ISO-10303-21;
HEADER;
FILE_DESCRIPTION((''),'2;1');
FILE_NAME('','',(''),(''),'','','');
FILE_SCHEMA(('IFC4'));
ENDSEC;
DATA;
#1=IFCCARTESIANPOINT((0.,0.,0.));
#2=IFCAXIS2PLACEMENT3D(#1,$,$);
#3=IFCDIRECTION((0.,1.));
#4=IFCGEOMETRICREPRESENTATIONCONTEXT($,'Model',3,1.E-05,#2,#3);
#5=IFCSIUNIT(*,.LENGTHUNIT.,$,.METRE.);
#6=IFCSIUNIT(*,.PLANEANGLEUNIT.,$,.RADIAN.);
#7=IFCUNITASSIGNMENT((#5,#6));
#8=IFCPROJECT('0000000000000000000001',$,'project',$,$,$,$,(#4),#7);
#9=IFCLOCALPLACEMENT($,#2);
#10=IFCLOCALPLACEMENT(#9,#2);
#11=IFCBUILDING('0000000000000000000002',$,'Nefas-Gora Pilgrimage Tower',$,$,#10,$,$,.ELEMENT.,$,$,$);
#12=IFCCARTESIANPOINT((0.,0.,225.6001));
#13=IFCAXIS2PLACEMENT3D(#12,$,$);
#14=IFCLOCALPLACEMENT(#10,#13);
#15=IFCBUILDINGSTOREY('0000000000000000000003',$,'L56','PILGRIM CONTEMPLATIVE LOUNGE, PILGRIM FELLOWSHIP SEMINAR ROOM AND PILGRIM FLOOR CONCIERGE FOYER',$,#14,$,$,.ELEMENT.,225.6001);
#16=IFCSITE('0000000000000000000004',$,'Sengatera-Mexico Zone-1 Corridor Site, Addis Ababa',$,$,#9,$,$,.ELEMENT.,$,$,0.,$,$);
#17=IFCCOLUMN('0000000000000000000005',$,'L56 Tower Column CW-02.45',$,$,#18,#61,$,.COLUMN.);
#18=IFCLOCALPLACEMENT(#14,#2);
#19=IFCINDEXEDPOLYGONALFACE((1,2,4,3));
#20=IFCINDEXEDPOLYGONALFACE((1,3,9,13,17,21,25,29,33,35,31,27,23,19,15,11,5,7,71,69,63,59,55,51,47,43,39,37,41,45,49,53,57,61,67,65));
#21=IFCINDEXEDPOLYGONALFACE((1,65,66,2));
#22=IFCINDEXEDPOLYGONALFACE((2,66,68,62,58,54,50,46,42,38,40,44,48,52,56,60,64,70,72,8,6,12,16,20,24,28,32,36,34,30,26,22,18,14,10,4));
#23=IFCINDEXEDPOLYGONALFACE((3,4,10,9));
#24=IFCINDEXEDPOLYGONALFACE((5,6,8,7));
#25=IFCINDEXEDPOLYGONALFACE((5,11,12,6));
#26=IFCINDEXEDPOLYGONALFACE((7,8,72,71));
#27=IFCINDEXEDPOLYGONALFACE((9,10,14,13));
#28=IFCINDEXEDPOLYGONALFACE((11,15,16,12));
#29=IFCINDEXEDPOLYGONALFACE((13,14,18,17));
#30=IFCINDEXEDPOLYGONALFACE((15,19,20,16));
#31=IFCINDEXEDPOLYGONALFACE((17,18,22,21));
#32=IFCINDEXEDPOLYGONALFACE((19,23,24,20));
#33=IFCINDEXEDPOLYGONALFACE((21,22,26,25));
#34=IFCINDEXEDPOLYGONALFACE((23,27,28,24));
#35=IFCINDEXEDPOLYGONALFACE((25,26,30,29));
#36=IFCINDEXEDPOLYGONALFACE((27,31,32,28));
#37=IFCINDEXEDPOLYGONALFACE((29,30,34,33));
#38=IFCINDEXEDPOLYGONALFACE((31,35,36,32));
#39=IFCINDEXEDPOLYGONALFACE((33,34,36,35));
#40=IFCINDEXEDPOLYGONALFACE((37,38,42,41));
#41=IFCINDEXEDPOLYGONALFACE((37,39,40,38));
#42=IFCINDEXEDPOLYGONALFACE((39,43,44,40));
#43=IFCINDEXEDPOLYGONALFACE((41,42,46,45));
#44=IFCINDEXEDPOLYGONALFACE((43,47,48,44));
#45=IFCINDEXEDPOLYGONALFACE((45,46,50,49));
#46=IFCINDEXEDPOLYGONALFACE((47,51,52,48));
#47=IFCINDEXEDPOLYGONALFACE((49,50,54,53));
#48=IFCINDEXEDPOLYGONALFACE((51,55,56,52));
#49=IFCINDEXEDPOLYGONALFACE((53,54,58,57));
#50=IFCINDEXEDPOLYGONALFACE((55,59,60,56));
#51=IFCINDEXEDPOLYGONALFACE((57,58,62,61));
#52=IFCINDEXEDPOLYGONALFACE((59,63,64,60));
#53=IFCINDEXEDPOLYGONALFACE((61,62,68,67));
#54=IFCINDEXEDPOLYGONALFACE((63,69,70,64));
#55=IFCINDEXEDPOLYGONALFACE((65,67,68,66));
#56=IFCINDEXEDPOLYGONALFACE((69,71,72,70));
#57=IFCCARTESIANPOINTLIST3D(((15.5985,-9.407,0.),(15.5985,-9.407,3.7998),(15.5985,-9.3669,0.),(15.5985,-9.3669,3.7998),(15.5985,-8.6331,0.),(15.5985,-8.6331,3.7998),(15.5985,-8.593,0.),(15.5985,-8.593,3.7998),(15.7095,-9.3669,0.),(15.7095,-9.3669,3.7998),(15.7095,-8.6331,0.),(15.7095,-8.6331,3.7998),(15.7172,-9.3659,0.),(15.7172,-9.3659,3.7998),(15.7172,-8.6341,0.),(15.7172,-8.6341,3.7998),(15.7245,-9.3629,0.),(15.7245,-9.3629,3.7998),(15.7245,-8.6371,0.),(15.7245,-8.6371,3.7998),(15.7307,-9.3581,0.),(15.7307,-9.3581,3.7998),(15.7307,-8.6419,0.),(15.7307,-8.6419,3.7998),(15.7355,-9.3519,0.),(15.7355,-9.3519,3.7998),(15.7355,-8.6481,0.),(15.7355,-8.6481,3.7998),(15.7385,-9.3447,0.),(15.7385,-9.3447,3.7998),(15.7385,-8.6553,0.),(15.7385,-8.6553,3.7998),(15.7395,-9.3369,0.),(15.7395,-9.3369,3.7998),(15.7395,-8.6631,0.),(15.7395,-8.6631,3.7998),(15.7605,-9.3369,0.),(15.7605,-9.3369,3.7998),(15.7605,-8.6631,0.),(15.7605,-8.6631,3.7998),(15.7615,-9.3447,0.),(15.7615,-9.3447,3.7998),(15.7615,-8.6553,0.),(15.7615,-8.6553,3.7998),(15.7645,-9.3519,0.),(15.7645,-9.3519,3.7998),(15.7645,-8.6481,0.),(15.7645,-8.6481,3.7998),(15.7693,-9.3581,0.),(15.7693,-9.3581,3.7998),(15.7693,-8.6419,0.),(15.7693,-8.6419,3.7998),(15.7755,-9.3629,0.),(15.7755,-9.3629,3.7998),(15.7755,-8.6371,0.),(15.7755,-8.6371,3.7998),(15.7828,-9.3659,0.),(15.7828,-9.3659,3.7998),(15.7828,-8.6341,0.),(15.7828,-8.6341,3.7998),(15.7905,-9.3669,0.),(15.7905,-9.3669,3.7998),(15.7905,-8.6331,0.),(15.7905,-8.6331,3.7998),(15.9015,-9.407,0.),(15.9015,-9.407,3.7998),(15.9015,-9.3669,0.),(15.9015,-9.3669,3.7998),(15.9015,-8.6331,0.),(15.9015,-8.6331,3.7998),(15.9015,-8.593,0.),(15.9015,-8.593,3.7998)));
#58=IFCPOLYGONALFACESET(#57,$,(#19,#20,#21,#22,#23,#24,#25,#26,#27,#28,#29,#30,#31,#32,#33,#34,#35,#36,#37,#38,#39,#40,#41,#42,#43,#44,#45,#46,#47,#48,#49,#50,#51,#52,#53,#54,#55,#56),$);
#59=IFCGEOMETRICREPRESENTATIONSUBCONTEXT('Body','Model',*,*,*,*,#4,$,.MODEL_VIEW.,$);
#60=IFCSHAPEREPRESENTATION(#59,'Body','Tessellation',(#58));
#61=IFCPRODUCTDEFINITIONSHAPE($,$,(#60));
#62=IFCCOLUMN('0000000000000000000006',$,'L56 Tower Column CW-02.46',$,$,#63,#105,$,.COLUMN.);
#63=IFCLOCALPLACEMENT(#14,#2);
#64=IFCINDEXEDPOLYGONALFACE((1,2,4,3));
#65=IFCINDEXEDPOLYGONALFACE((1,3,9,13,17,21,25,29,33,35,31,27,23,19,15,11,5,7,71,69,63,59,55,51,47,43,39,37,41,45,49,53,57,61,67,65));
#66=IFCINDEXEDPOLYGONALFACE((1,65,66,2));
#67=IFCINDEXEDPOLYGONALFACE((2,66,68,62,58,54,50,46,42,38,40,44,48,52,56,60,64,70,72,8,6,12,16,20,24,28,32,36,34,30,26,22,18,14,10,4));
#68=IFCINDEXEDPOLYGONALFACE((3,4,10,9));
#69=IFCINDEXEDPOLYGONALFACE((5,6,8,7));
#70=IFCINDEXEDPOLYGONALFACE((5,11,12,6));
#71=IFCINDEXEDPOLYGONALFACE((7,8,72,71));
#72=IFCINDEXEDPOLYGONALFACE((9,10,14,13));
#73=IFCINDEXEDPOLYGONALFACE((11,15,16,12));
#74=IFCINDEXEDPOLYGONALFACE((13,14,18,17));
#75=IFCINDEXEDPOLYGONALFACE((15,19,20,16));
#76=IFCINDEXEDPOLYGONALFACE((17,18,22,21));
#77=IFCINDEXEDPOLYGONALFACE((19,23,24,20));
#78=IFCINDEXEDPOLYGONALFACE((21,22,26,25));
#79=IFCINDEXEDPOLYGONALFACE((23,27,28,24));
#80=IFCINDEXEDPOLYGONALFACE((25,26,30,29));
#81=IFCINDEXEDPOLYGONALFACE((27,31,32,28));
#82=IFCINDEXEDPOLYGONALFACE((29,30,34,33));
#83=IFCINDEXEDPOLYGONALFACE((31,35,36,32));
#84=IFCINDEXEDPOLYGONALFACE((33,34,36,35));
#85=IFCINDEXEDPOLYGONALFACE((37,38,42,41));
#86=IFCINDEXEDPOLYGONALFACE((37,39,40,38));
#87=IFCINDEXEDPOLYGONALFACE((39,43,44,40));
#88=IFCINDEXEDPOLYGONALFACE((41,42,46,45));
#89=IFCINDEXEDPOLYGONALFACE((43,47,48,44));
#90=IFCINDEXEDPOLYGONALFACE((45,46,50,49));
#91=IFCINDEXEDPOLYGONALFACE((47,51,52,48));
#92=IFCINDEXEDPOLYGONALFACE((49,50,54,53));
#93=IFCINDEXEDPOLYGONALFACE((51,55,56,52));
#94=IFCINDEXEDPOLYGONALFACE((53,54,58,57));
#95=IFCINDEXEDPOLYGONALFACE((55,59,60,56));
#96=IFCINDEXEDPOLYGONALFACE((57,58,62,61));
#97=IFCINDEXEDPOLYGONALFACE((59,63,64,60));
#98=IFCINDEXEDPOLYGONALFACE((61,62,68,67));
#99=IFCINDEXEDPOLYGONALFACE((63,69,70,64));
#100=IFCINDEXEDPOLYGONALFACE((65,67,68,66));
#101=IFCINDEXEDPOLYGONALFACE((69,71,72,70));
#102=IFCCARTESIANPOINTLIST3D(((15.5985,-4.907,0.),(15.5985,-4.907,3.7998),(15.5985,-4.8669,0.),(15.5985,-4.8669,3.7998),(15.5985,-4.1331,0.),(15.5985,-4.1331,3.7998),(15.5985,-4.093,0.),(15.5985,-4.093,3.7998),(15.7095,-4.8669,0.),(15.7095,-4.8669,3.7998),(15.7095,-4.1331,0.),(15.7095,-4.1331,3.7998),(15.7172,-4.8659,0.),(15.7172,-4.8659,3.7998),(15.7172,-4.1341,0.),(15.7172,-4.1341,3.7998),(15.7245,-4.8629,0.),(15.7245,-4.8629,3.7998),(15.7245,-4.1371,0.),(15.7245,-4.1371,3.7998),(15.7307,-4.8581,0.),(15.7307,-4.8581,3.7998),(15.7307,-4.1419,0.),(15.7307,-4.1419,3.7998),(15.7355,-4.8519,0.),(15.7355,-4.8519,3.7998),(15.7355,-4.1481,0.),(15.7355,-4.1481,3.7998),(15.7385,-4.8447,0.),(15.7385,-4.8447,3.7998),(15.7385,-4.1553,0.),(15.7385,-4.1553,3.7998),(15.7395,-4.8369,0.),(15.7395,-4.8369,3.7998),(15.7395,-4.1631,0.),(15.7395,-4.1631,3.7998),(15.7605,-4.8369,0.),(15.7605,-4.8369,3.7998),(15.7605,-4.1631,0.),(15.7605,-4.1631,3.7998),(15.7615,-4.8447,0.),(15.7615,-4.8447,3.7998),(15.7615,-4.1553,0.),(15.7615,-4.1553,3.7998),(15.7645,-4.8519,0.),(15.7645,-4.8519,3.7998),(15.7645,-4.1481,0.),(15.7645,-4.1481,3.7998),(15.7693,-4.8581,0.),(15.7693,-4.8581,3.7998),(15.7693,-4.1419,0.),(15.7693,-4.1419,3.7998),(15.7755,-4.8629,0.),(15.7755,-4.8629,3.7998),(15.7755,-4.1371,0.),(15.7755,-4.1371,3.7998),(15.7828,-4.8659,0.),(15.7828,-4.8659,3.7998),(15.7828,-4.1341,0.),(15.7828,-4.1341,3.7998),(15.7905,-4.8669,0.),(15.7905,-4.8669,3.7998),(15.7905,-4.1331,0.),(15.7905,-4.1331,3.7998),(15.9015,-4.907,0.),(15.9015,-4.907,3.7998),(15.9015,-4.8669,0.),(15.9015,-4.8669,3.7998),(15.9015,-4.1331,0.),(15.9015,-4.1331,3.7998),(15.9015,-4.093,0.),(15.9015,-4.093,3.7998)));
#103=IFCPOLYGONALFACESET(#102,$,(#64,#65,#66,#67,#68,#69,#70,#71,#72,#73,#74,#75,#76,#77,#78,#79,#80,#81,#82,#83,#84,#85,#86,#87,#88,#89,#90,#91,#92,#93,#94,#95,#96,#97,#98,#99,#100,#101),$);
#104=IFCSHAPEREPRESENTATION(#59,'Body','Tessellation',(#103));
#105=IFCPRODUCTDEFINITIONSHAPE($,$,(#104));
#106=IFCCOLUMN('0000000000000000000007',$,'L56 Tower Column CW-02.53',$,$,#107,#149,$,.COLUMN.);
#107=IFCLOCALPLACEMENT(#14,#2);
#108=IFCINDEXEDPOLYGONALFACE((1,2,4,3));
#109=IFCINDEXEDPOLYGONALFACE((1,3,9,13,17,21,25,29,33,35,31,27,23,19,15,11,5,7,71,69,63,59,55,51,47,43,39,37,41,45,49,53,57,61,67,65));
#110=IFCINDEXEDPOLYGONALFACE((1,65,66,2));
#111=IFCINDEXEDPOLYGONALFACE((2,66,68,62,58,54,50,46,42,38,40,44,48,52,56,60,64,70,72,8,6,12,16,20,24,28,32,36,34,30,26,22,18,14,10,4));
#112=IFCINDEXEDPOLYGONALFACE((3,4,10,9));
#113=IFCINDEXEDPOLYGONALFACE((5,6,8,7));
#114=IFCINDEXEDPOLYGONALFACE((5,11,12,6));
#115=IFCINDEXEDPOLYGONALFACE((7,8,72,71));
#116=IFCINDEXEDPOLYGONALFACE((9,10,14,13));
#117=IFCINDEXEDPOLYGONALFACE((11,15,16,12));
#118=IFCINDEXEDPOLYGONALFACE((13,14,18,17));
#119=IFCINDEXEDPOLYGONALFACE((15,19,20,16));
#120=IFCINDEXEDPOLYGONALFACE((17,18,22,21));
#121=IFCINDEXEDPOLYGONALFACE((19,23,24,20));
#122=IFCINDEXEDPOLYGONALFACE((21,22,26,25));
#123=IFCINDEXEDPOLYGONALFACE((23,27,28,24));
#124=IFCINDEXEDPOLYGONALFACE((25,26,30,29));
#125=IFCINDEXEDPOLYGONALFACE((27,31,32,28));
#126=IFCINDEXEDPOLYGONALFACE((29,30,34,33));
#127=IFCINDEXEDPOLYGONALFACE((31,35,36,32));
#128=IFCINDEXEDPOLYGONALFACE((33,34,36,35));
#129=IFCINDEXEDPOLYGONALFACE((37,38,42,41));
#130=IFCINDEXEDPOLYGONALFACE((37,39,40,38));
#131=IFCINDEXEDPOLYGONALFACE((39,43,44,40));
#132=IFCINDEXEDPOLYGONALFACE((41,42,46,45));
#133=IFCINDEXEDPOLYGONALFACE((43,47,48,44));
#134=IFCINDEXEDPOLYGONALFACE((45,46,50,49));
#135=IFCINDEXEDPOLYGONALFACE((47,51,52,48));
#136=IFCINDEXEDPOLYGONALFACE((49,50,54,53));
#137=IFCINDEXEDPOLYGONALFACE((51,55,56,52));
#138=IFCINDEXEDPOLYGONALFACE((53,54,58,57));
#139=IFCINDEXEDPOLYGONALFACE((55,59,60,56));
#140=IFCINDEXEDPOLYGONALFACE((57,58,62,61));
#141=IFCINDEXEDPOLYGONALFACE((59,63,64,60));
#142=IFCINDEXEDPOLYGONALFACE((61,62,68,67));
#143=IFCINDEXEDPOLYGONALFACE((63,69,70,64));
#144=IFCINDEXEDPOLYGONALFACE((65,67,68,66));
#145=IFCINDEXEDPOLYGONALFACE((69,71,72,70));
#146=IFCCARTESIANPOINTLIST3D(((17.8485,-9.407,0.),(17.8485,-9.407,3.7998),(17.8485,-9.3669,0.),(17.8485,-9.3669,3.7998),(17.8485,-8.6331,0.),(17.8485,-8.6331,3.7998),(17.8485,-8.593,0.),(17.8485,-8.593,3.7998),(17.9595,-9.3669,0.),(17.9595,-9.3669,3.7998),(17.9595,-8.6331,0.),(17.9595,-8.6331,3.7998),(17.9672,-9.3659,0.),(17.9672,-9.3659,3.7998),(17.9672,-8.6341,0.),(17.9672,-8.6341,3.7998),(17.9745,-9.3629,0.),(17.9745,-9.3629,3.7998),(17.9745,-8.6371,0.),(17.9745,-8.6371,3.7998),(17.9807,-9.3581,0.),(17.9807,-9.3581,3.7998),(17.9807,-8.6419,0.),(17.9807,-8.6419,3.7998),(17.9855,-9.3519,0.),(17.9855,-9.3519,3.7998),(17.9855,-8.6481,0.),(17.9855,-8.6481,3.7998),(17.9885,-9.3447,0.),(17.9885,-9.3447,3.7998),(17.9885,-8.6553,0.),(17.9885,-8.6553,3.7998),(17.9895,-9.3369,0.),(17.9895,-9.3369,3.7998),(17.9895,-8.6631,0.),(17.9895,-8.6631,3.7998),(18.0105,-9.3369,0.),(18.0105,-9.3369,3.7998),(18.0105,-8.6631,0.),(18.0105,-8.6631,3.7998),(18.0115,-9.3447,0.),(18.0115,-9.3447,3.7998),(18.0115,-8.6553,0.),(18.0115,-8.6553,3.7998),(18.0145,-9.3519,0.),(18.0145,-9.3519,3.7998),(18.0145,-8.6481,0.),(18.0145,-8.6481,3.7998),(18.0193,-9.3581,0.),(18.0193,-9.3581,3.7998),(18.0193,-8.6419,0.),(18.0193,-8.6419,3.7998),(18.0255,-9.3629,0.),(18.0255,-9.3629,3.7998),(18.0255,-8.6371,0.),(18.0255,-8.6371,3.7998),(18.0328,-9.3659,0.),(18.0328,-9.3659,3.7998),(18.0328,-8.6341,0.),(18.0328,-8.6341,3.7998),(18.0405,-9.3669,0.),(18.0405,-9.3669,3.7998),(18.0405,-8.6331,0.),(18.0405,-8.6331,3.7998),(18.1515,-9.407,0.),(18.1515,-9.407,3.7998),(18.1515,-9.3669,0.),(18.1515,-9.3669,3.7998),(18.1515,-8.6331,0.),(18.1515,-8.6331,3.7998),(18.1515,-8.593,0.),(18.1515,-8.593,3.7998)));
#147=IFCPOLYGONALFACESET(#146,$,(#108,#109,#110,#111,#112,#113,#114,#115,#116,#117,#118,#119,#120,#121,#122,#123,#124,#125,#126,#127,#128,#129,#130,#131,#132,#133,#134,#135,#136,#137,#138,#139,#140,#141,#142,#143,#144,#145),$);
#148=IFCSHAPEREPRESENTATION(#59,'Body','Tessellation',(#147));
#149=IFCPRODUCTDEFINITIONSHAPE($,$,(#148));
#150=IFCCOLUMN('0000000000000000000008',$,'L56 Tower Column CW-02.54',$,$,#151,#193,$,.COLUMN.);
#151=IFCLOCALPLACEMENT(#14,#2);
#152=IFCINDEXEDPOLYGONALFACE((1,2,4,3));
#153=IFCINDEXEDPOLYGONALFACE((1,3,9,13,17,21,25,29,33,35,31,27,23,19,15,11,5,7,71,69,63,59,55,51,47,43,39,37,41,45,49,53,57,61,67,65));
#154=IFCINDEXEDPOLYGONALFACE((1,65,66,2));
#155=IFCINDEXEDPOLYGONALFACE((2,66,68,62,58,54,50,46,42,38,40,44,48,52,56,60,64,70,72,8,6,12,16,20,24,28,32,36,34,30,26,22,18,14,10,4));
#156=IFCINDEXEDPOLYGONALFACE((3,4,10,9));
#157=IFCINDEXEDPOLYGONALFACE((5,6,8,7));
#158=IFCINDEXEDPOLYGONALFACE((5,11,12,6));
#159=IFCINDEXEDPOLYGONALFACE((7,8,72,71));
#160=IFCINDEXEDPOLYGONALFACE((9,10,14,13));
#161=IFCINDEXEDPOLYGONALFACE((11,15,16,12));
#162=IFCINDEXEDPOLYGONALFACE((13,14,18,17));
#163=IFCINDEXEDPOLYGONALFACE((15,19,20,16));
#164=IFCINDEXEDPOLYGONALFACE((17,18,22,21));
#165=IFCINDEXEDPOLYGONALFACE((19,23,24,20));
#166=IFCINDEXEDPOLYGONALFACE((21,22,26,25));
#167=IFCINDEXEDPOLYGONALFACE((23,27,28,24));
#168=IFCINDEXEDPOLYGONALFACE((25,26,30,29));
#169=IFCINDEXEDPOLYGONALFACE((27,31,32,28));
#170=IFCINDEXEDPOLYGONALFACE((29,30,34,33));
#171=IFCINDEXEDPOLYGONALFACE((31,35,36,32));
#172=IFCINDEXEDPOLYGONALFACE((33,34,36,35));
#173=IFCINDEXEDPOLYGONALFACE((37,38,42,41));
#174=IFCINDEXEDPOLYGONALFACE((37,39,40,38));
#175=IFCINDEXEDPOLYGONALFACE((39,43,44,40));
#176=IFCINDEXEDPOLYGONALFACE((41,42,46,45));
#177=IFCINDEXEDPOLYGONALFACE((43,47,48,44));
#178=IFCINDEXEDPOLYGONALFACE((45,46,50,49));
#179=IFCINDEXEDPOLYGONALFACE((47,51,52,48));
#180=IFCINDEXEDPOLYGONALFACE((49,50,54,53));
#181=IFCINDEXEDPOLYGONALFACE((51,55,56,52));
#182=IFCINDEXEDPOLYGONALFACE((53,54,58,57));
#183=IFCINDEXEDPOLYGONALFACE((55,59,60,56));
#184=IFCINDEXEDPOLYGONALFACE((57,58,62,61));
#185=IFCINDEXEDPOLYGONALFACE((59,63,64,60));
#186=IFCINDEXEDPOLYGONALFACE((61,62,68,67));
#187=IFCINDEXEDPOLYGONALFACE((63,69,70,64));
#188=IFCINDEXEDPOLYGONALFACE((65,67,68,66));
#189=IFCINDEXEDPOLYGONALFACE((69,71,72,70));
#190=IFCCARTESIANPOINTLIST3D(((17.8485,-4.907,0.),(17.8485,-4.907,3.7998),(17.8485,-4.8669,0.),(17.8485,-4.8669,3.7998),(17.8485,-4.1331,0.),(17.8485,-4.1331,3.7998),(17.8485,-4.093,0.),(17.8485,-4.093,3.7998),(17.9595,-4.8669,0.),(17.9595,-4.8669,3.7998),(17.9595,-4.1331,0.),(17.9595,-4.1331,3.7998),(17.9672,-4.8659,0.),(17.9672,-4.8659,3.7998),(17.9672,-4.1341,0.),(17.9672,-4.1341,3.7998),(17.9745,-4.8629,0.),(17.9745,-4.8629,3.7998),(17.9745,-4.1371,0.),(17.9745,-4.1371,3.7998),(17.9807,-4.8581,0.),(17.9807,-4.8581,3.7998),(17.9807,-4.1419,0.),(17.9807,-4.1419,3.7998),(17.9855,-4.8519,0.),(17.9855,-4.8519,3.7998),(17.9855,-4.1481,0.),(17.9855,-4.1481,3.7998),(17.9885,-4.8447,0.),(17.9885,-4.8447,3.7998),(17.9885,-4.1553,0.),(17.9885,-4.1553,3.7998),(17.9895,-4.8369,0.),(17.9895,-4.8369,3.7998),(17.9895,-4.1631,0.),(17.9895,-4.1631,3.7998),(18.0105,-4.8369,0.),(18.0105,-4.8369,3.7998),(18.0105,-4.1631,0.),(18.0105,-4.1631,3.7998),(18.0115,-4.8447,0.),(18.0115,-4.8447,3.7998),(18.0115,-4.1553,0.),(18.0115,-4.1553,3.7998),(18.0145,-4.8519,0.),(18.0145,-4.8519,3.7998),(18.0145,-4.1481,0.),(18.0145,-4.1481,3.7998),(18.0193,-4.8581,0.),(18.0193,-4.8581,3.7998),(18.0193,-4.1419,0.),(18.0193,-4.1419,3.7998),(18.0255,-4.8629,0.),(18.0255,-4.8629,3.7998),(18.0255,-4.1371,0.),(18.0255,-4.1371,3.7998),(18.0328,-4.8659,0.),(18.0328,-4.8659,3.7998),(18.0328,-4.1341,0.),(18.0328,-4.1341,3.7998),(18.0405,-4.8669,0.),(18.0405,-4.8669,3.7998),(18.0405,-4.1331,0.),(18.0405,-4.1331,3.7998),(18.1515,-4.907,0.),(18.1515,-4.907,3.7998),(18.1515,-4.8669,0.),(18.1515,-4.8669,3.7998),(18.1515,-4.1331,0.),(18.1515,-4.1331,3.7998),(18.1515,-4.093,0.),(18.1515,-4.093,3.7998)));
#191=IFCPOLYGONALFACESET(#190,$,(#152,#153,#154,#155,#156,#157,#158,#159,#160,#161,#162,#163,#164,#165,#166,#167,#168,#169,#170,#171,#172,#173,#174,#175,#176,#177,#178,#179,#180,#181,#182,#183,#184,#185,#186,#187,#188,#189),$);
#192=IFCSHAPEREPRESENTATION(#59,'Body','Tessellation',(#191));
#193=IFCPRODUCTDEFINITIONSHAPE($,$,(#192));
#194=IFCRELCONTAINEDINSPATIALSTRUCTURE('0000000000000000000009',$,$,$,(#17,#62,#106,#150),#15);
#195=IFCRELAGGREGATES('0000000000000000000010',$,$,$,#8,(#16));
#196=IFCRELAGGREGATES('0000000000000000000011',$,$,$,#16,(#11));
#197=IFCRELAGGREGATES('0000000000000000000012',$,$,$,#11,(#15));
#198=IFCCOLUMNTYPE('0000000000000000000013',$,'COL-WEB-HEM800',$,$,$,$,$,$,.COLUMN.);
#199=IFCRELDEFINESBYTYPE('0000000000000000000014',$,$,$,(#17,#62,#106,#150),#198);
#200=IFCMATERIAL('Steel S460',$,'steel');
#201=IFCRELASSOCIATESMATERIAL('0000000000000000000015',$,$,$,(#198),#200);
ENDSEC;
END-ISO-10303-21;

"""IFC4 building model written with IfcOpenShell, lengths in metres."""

from ifc_helpers import new_model, si_unit, direction, frame, origin, origin_2d, place, context, subcontext, project, spatial, i_section, extrude, source, transform, mapped, material, material_profile, profile_set, type_object, element, save


model = new_model("IFC4")

# Units and contexts
model_context = context("Model", 3, precision=1e-05, world=origin(), true_north=direction((0.0, 1.0)))
body_context = subcontext(model_context, "Body", "Model", "MODEL_VIEW")
ifc_project = project(units=[si_unit("LENGTHUNIT", "METRE"), si_unit("PLANEANGLEUNIT", "RADIAN")], contexts=[model_context])

# Site, building, storey
site_placement = place(None, origin())
site = spatial("IfcSite", under=ifc_project, at=site_placement, Name="Sengatera-Mexico Zone-1 Corridor Site, Addis Ababa", CompositionType="ELEMENT", RefElevation=0.0)
building_placement = place(site_placement, origin())
building = spatial("IfcBuilding", under=site, at=building_placement, Name="Nefas-Gora Pilgrimage Tower", CompositionType="ELEMENT")
storey_placement = place(building_placement, frame((0.0, 0.0, 225.6001)))
storey = spatial("IfcBuildingStorey", under=building, at=storey_placement, Name="L56", Description="PILGRIM CONTEMPLATIVE LOUNGE, PILGRIM FELLOWSHIP SEMINAR ROOM AND PILGRIM FLOOR CONCIERGE FOYER", CompositionType="ELEMENT", Elevation=225.6001)

# Columns
ifc_material_1 = material(Name="Steel S460", Category="steel")
ifc_material_profile_1 = material_profile(ifc_material_1, i_section(OverallWidth=0.303, OverallDepth=0.814, WebThickness=0.021, FlangeThickness=0.04, FilletRadius=0.03, at=origin_2d()), Name="HEM 800")
ifc_profile_set_1 = profile_set([ifc_material_profile_1], Name="Steel S460")
column_type_1 = type_object("IfcColumnType", Name="COL-WEB-HEM800", PredefinedType="COLUMN", material=ifc_profile_set_1)
shared_shape_1 = source(origin(), body_context, "Body", "SweptSolid", [
    extrude(i_section(OverallWidth=0.303, OverallDepth=0.814, WebThickness=0.021, FlangeThickness=0.04, FilletRadius=0.03, at=origin_2d()), origin(), (0.0, 0.0, 1.0), 3.7998),
])
for number, where, z_axis, x_axis, name in (
    (1, (15.75, -9.0, 0.0), (0.0, 0.0, 1.0), (1.0, 0.0, 0.0), "L56 Tower Column CW-02.45"),
    (2, (15.75, -4.5, 0.0), (0.0, 0.0, 1.0), (1.0, 0.0, 0.0), "L56 Tower Column CW-02.46"),
    (3, (18.0, -9.0, 0.0), (0.0, 0.0, 1.0), (1.0, 0.0, 0.0), "L56 Tower Column CW-02.53"),
    (4, (18.0, -4.5, 0.0), (0.0, 0.0, 1.0), (1.0, 0.0, 0.0), "L56 Tower Column CW-02.54"),
):
    element("IfcColumn", number, at=place(storey_placement, frame(where, z_axis=z_axis, x_axis=x_axis)), inside=storey, type_object=column_type_1, Name=name, PredefinedType="COLUMN", context=body_context, shape_type="MappedRepresentation", body=[
        mapped(shared_shape_1, transform((0.0, 0.0, 0.0), x_axis=(1.0, 0.0, 0.0), y_axis=(0.0, 1.0, 0.0), z_axis=(0.0, 0.0, 1.0), scale=1.0)),
    ])

save(model, "model.ifc")
